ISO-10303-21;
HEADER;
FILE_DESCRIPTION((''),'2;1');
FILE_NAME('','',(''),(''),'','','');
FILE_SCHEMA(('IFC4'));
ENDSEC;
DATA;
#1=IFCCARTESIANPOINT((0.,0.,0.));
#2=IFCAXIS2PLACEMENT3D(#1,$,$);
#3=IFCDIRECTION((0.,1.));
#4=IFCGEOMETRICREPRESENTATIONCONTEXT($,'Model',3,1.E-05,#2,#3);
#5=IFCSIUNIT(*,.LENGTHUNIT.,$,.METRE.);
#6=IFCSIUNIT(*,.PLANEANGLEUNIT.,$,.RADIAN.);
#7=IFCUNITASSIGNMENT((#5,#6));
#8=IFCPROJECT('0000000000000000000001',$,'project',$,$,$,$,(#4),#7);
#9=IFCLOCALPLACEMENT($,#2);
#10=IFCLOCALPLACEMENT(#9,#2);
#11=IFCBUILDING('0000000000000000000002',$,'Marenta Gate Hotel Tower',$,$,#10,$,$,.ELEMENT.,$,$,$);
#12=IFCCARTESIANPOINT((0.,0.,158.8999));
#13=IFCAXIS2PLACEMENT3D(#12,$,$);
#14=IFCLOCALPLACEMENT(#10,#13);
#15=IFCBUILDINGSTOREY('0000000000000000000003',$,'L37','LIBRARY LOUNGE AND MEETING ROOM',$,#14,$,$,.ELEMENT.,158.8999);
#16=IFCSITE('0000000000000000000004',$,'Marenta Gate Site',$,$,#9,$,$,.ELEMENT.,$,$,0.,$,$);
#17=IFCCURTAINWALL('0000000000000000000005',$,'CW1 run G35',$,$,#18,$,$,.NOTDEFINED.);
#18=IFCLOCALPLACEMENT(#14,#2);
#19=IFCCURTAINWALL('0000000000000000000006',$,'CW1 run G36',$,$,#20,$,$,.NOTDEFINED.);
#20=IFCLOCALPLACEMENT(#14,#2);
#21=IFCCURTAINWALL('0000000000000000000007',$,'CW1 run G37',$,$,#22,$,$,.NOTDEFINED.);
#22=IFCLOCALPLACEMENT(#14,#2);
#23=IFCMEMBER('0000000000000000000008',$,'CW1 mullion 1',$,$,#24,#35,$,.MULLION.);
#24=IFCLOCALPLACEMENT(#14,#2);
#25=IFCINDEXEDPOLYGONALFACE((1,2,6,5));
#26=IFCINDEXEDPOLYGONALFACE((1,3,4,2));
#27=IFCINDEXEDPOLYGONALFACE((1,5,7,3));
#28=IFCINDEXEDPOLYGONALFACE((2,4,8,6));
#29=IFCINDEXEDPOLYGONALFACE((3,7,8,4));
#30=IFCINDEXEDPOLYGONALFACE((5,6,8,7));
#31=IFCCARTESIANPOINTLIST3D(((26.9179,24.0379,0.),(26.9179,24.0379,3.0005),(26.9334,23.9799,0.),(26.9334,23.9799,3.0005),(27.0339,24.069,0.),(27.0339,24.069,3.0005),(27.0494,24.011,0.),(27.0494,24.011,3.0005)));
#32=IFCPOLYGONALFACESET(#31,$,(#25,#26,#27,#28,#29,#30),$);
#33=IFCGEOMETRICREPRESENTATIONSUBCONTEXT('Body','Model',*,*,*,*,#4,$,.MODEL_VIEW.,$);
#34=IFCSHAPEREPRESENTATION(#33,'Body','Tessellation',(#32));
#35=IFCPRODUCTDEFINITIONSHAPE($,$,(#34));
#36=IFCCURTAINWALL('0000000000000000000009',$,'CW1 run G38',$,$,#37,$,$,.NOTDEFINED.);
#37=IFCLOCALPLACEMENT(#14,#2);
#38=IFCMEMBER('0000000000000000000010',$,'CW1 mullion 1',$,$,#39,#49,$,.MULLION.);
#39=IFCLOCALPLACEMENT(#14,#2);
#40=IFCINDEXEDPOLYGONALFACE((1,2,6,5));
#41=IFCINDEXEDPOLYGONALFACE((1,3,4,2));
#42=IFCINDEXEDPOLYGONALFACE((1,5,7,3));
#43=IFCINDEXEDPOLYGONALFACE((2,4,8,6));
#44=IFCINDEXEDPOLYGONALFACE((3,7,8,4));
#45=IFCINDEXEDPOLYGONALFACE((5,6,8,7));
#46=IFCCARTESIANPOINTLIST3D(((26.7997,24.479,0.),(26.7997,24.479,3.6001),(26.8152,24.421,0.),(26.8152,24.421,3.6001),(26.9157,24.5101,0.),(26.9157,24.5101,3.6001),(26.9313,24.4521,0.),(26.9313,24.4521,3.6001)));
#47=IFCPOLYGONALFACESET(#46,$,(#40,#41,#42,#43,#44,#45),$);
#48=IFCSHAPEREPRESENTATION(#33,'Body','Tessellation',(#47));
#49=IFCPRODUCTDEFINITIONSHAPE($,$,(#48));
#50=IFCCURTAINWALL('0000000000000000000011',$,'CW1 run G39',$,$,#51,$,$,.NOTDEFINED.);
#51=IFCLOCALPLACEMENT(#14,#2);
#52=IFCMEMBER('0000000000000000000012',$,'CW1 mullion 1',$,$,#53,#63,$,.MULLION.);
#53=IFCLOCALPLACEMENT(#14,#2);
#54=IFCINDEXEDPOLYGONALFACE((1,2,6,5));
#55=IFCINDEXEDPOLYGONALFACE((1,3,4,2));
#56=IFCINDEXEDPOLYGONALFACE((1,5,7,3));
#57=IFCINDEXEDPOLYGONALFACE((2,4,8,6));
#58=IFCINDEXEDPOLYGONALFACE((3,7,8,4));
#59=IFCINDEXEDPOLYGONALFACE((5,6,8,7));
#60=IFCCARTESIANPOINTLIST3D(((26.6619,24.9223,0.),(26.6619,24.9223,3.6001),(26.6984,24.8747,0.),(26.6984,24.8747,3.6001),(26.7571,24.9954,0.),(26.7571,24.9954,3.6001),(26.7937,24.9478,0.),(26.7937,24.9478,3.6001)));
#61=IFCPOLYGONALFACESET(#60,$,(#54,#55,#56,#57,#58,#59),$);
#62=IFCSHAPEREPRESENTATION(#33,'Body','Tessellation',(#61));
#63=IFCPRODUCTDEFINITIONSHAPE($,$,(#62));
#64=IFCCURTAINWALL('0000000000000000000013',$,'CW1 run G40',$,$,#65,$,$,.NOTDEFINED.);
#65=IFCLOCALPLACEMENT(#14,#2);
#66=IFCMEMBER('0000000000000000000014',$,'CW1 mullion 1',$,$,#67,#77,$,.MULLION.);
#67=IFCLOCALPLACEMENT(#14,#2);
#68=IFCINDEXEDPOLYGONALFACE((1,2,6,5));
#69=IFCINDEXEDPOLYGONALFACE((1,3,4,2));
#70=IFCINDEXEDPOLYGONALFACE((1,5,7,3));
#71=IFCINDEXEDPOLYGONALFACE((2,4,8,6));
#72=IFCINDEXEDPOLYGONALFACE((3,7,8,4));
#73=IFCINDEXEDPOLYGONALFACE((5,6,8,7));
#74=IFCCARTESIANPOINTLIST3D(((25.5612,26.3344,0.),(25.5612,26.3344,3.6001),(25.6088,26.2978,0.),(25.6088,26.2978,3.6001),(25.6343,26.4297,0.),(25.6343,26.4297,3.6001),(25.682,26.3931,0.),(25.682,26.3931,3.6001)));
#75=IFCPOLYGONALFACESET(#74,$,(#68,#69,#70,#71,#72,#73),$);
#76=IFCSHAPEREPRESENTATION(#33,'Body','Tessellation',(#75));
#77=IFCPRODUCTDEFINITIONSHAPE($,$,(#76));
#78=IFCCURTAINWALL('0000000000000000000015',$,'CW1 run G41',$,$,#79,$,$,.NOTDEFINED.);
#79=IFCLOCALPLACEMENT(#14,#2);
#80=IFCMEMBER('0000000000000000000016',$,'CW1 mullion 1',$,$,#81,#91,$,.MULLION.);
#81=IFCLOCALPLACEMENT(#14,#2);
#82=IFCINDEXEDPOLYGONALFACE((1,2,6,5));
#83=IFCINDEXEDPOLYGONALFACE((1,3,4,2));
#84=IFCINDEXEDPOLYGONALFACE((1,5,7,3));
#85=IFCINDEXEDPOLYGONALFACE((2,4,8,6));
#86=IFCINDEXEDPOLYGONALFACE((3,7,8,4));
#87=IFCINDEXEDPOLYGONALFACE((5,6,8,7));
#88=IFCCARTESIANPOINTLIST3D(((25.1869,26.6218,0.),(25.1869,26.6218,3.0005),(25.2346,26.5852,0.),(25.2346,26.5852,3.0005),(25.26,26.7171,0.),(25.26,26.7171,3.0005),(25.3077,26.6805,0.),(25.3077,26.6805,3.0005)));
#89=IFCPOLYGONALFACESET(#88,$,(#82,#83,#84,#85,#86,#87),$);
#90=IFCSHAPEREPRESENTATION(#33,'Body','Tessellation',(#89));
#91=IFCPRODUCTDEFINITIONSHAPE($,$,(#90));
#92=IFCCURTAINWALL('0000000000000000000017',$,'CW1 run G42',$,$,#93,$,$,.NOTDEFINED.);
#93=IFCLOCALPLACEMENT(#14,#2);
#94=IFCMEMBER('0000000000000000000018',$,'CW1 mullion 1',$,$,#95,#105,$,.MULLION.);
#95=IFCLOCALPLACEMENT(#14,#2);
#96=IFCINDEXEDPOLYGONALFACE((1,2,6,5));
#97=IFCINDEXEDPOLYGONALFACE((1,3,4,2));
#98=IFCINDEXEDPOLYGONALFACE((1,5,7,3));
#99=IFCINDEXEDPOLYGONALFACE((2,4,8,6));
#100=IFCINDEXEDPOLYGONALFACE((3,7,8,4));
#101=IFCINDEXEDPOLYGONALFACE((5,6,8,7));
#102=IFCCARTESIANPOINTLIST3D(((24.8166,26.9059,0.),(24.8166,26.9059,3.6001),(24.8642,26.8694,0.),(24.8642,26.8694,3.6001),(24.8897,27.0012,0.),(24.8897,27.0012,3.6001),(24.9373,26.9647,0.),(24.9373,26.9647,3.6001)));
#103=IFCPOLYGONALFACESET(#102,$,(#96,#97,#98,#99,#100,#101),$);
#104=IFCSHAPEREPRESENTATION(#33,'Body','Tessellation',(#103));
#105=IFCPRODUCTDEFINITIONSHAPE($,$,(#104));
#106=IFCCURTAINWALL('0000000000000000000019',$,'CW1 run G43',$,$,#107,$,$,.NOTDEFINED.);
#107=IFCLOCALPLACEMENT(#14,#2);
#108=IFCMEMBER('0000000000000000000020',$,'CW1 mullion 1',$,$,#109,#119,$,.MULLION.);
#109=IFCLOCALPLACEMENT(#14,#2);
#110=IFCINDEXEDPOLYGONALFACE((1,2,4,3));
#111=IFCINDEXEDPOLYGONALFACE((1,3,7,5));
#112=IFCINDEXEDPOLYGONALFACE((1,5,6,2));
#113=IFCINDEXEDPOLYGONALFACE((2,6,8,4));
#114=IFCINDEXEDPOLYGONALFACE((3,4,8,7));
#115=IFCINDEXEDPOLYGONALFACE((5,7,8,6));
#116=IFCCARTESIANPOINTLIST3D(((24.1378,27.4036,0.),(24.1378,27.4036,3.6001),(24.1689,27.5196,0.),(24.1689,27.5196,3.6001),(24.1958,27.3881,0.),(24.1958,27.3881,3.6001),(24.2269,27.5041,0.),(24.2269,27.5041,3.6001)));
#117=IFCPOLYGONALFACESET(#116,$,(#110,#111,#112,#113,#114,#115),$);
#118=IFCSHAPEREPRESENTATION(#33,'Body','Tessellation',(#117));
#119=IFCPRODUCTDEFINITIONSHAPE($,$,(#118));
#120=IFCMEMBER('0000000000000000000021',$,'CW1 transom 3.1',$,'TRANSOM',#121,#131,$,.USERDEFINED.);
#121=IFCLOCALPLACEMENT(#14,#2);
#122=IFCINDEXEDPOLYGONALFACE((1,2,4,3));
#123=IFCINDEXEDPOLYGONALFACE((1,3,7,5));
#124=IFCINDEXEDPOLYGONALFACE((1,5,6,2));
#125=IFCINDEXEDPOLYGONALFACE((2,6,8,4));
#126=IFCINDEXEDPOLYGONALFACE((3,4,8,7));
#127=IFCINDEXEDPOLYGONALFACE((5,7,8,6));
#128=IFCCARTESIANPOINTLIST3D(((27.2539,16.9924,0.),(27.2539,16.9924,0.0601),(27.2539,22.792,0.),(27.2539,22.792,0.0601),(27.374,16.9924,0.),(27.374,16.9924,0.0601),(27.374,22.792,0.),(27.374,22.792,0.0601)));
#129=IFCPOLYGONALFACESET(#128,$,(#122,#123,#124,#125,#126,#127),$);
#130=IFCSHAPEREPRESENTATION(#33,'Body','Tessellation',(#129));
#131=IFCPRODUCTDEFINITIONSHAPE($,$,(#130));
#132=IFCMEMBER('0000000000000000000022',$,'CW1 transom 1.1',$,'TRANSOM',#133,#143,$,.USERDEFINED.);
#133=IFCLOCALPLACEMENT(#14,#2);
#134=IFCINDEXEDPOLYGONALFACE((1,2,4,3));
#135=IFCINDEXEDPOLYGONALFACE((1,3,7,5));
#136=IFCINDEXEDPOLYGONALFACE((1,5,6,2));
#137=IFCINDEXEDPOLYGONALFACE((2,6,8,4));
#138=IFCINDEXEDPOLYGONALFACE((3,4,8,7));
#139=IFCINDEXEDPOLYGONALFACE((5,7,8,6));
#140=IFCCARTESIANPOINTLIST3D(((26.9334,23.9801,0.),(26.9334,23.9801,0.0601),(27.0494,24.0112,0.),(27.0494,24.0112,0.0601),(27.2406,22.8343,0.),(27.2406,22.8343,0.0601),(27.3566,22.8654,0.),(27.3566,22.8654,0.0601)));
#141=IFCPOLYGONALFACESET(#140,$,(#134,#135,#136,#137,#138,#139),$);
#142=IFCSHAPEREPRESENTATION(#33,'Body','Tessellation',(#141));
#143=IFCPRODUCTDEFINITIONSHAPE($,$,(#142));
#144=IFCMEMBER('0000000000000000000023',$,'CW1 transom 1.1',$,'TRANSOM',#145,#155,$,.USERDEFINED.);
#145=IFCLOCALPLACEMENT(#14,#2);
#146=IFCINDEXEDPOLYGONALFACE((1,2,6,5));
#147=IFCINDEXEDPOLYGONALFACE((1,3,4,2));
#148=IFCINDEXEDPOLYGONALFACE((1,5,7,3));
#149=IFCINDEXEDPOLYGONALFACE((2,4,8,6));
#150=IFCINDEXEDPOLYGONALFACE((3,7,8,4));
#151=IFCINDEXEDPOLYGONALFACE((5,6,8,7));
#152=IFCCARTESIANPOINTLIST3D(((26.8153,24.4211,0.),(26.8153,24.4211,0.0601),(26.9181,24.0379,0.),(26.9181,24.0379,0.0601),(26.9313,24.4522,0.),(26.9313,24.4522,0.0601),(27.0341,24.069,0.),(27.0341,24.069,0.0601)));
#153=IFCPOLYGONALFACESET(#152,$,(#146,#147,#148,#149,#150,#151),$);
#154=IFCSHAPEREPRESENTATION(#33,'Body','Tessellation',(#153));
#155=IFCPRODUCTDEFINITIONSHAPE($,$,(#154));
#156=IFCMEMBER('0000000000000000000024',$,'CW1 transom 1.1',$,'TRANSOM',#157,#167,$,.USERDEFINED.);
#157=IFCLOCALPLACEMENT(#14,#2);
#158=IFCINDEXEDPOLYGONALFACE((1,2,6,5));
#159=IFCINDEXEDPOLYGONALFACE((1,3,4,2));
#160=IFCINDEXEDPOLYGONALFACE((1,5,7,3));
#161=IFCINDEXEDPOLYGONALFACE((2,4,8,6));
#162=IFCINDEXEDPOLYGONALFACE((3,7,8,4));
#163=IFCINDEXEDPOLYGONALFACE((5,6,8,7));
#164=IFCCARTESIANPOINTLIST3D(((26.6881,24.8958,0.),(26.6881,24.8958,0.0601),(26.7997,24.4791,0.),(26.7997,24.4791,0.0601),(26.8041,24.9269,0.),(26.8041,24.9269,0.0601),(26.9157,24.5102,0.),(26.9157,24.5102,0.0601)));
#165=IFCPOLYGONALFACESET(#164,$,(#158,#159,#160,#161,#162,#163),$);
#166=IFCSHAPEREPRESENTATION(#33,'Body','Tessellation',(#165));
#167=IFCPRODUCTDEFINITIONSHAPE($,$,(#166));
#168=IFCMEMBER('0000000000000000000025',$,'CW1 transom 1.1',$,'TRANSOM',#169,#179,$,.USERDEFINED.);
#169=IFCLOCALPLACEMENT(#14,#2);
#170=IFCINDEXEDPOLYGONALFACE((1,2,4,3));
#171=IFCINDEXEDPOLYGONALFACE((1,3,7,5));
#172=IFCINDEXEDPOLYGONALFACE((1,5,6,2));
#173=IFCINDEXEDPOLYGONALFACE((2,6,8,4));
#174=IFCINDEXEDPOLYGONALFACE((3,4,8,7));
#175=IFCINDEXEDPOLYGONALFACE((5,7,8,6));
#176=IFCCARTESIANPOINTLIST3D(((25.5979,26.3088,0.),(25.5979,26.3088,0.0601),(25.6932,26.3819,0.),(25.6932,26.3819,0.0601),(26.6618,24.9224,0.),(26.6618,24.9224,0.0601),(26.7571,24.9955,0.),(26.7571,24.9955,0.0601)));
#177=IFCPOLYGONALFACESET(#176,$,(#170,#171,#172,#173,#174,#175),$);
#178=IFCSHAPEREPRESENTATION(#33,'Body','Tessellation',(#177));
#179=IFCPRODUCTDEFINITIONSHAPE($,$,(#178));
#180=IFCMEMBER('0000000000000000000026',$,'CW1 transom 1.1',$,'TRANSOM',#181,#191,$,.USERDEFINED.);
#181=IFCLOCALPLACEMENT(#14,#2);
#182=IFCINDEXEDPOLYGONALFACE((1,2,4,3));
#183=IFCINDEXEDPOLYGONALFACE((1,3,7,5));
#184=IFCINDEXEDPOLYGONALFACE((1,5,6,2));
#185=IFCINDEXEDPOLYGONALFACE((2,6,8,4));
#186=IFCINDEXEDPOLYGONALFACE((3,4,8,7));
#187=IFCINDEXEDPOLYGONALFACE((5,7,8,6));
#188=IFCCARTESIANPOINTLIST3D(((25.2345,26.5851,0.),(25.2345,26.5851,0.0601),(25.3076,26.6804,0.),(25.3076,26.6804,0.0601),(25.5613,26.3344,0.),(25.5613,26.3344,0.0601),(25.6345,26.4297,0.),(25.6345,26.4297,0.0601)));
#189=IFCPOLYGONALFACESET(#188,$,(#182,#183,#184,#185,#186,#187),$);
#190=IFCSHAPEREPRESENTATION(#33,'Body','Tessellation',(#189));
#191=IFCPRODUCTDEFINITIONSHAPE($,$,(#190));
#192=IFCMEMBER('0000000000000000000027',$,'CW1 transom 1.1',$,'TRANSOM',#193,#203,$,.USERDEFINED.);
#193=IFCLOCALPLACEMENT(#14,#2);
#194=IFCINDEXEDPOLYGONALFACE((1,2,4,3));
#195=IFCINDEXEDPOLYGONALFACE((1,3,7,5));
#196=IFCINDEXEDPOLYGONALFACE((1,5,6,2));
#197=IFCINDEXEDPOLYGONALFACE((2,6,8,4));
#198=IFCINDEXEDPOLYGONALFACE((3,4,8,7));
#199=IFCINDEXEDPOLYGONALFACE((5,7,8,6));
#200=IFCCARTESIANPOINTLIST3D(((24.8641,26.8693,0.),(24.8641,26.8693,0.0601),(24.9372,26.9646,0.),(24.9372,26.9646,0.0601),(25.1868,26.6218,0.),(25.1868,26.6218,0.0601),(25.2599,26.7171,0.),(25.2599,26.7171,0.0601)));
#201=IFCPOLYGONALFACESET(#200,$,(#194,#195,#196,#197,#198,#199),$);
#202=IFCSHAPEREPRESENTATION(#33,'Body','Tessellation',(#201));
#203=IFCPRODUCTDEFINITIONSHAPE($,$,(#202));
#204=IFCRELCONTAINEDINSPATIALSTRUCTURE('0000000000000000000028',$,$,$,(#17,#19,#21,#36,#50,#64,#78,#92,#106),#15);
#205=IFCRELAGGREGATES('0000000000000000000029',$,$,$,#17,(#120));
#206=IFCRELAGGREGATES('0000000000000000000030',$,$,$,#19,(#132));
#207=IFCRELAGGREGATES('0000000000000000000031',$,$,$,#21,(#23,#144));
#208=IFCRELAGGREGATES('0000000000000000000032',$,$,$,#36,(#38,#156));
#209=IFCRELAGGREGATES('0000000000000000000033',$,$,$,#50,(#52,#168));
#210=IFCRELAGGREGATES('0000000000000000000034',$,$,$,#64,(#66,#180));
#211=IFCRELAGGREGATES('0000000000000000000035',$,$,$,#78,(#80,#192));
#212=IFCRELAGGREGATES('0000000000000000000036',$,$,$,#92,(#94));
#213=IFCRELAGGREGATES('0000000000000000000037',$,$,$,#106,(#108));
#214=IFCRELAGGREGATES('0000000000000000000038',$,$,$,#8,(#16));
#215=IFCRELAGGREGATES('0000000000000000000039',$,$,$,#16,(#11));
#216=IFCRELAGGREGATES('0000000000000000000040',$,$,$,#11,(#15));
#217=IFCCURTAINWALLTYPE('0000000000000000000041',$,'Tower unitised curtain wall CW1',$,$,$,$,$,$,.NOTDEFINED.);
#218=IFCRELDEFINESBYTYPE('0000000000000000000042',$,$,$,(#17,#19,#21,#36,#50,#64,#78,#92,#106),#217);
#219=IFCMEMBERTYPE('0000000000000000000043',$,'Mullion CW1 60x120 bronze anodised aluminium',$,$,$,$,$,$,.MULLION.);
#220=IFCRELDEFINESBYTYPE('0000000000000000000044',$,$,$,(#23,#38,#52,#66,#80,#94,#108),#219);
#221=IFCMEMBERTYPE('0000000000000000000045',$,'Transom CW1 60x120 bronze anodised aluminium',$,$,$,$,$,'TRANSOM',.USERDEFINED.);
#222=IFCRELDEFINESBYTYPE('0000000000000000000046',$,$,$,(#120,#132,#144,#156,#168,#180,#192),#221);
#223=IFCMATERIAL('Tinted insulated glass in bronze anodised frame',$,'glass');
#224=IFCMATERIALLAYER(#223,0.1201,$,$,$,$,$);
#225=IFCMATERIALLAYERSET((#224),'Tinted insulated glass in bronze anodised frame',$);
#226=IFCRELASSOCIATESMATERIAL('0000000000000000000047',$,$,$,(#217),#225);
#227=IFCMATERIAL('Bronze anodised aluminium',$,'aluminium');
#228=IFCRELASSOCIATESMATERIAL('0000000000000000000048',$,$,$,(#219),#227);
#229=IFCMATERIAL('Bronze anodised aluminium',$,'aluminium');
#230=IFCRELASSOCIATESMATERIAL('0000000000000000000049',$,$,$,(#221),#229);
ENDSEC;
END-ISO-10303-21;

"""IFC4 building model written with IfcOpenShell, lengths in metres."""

from ifc_helpers import new_model, si_unit, direction, frame, origin, origin_2d, place, context, subcontext, project, spatial, rectangle, extrude, material, layer, layer_set, material_profile, profile_set, type_object, element, aggregate, save


model = new_model("IFC4")

# Units and contexts
model_context = context("Model", 3, precision=1e-05, world=origin(), true_north=direction((0.0, 1.0)))
body_context = subcontext(model_context, "Body", "Model", "MODEL_VIEW")
ifc_project = project(units=[si_unit("LENGTHUNIT", "METRE"), si_unit("PLANEANGLEUNIT", "RADIAN")], contexts=[model_context])

# Site, building, storey
site_placement = place(None, origin())
site = spatial("IfcSite", under=ifc_project, at=site_placement, Name="Marenta Gate Site", CompositionType="ELEMENT", RefElevation=0.0)
building_placement = place(site_placement, origin())
building = spatial("IfcBuilding", under=site, at=building_placement, Name="Marenta Gate Hotel Tower", CompositionType="ELEMENT")
storey_placement = place(building_placement, frame((0.0, 0.0, 158.8999)))
storey = spatial("IfcBuildingStorey", under=building, at=storey_placement, Name="L37", Description="LIBRARY LOUNGE AND MEETING ROOM", CompositionType="ELEMENT", Elevation=158.8999)

# Curtain walls, members
ifc_material_1 = material(Name="Tinted insulated glass in bronze anodised frame", Category="glass")
ifc_layer_1 = layer(ifc_material_1, 0.1201)
ifc_layer_set_1 = layer_set([ifc_layer_1], Name="Tinted insulated glass in bronze anodised frame")
curtain_wall_type = type_object("IfcCurtainWallType", Name="Tower unitised curtain wall CW1", PredefinedType="NOTDEFINED", material=ifc_layer_set_1)
curtain_wall_1_placement = place(storey_placement, origin())
curtain_wall_1 = element("IfcCurtainWall", 1, at=curtain_wall_1_placement, inside=storey, type_object=curtain_wall_type, Name="CW1 run G35", PredefinedType="NOTDEFINED")
ifc_material_2 = material(Name="Bronze anodised aluminium", Category="aluminium")
ifc_material_profile_1 = material_profile(ifc_material_2, rectangle(XDim=0.1201, YDim=0.0601, at=origin_2d()), Name="Mullion CW1 60x120 bronze anodised aluminium")
ifc_profile_set_1 = profile_set([ifc_material_profile_1], Name="Bronze anodised aluminium")
member_type_1 = type_object("IfcMemberType", Name="Mullion CW1 60x120 bronze anodised aluminium", PredefinedType="MULLION", material=ifc_profile_set_1)
curtain_wall_2_placement = place(storey_placement, origin())
curtain_wall_2 = element("IfcCurtainWall", 2, at=curtain_wall_2_placement, inside=storey, type_object=curtain_wall_type, Name="CW1 run G36", PredefinedType="NOTDEFINED")
curtain_wall_3_placement = place(storey_placement, origin())
curtain_wall_3 = element("IfcCurtainWall", 3, at=curtain_wall_3_placement, inside=storey, type_object=curtain_wall_type, Name="CW1 run G37", PredefinedType="NOTDEFINED")
member_1_placement = place(storey_placement, frame((26.9836, 24.0244, 0.0), z_axis=(0.0, 0.0, 1.0), x_axis=(-0.965922, -0.258835, 0.0)))
member_1 = element("IfcMember", 4, at=member_1_placement, type_object=member_type_1, Name="CW1 mullion 1", PredefinedType="MULLION", context=body_context, shape_type="SweptSolid", body=[
    extrude(rectangle(XDim=0.1201, YDim=0.0601, at=origin_2d()), origin(), (0.0, 0.0, 1.0), 3.0005),
])
curtain_wall_4_placement = place(storey_placement, origin())
curtain_wall_4 = element("IfcCurtainWall", 5, at=curtain_wall_4_placement, inside=storey, type_object=curtain_wall_type, Name="CW1 run G38", PredefinedType="NOTDEFINED")
member_2_placement = place(storey_placement, frame((26.8655, 24.4656, 0.0), z_axis=(0.0, 0.0, 1.0), x_axis=(-0.965924, -0.258828, 0.0)))
member_2 = element("IfcMember", 6, at=member_2_placement, type_object=member_type_1, Name="CW1 mullion 1", PredefinedType="MULLION", context=body_context, shape_type="SweptSolid", body=[
    extrude(rectangle(XDim=0.1201, YDim=0.0601, at=origin_2d()), origin(), (0.0, 0.0, 1.0), 3.6001),
])
curtain_wall_5_placement = place(storey_placement, origin())
curtain_wall_5 = element("IfcCurtainWall", 7, at=curtain_wall_5_placement, inside=storey, type_object=curtain_wall_type, Name="CW1 run G39", PredefinedType="NOTDEFINED")
member_3_placement = place(storey_placement, frame((26.7278, 24.9351, 0.0), z_axis=(0.0, 0.0, 1.0), x_axis=(-0.793327, -0.608796, 0.0)))
member_3 = element("IfcMember", 8, at=member_3_placement, type_object=member_type_1, Name="CW1 mullion 1", PredefinedType="MULLION", context=body_context, shape_type="SweptSolid", body=[
    extrude(rectangle(XDim=0.1201, YDim=0.0601, at=origin_2d()), origin(), (0.0, 0.0, 1.0), 3.6001),
])
curtain_wall_6_placement = place(storey_placement, origin())
curtain_wall_6 = element("IfcCurtainWall", 9, at=curtain_wall_6_placement, inside=storey, type_object=curtain_wall_type, Name="CW1 run G40", PredefinedType="NOTDEFINED")
member_4_placement = place(storey_placement, frame((25.6216, 26.3638, 0.0), z_axis=(0.0, 0.0, 1.0), x_axis=(-0.608778, -0.79334, 0.0)))
member_4 = element("IfcMember", 10, at=member_4_placement, type_object=member_type_1, Name="CW1 mullion 1", PredefinedType="MULLION", context=body_context, shape_type="SweptSolid", body=[
    extrude(rectangle(XDim=0.1201, YDim=0.0601, at=origin_2d()), origin(), (0.0, 0.0, 1.0), 3.6001),
])
curtain_wall_7_placement = place(storey_placement, origin())
curtain_wall_7 = element("IfcCurtainWall", 11, at=curtain_wall_7_placement, inside=storey, type_object=curtain_wall_type, Name="CW1 run G41", PredefinedType="NOTDEFINED")
member_5_placement = place(storey_placement, frame((25.2473, 26.6511, 0.0), z_axis=(0.0, 0.0, 1.0), x_axis=(-0.608737, -0.793372, 0.0)))
member_5 = element("IfcMember", 12, at=member_5_placement, type_object=member_type_1, Name="CW1 mullion 1", PredefinedType="MULLION", context=body_context, shape_type="SweptSolid", body=[
    extrude(rectangle(XDim=0.1201, YDim=0.0601, at=origin_2d()), origin(), (0.0, 0.0, 1.0), 3.0005),
])
curtain_wall_8_placement = place(storey_placement, origin())
curtain_wall_8 = element("IfcCurtainWall", 13, at=curtain_wall_8_placement, inside=storey, type_object=curtain_wall_type, Name="CW1 run G42", PredefinedType="NOTDEFINED")
member_6_placement = place(storey_placement, frame((24.877, 26.9353, 0.0), z_axis=(0.0, 0.0, 1.0), x_axis=(-0.608837, -0.793295, 0.0)))
member_6 = element("IfcMember", 14, at=member_6_placement, type_object=member_type_1, Name="CW1 mullion 1", PredefinedType="MULLION", context=body_context, shape_type="SweptSolid", body=[
    extrude(rectangle(XDim=0.1201, YDim=0.0601, at=origin_2d()), origin(), (0.0, 0.0, 1.0), 3.6001),
])
curtain_wall_9_placement = place(storey_placement, origin())
curtain_wall_9 = element("IfcCurtainWall", 15, at=curtain_wall_9_placement, inside=storey, type_object=curtain_wall_type, Name="CW1 run G43", PredefinedType="NOTDEFINED")
member_7_placement = place(storey_placement, frame((24.1824, 27.4539, 0.0), z_axis=(0.0, 0.0, 1.0), x_axis=(-0.258806, -0.965929, 0.0)))
member_7 = element("IfcMember", 16, at=member_7_placement, type_object=member_type_1, Name="CW1 mullion 1", PredefinedType="MULLION", context=body_context, shape_type="SweptSolid", body=[
    extrude(rectangle(XDim=0.1201, YDim=0.0601, at=origin_2d()), origin(), (0.0, 0.0, 1.0), 3.6001),
])

# Members
ifc_material_3 = material(Name="Bronze anodised aluminium", Category="aluminium")
ifc_material_profile_2 = material_profile(ifc_material_3, rectangle(XDim=0.1201, YDim=0.0601, at=origin_2d()), Name="Transom CW1 60x120 bronze anodised aluminium")
ifc_profile_set_2 = profile_set([ifc_material_profile_2], Name="Bronze anodised aluminium")
member_type_2 = type_object("IfcMemberType", Name="Transom CW1 60x120 bronze anodised aluminium", ElementType="TRANSOM", PredefinedType="USERDEFINED", material=ifc_profile_set_2)
member_8_placement = place(storey_placement, frame((27.314, 16.9924, 0.03), z_axis=(0.0, 1.0, 0.0), x_axis=(-1.0, 0.0, 0.0)))
member_8 = element("IfcMember", 17, at=member_8_placement, type_object=member_type_2, Name="CW1 transom 3.1", ObjectType="TRANSOM", PredefinedType="USERDEFINED", context=body_context, shape_type="SweptSolid", body=[
    extrude(rectangle(XDim=0.1201, YDim=0.0601, at=origin_2d()), origin(), (0.0, 0.0, 1.0), 5.7996),
])
member_9_placement = place(storey_placement, frame((27.2986, 22.8499, 0.03), z_axis=(-0.258918, 0.965899, 0.0), x_axis=(-0.965899, -0.258918, 0.0)))
member_9 = element("IfcMember", 18, at=member_9_placement, type_object=member_type_2, Name="CW1 transom 1.1", ObjectType="TRANSOM", PredefinedType="USERDEFINED", context=body_context, shape_type="SweptSolid", body=[
    extrude(rectangle(XDim=0.1201, YDim=0.0601, at=origin_2d()), origin(), (0.0, 0.0, 1.0), 1.1863),
])
member_10_placement = place(storey_placement, frame((26.9761, 24.0535, 0.03), z_axis=(-0.259157, 0.965835, 0.0), x_axis=(-0.965835, -0.259157, 0.0)))
member_10 = element("IfcMember", 19, at=member_10_placement, type_object=member_type_2, Name="CW1 transom 1.1", ObjectType="TRANSOM", PredefinedType="USERDEFINED", context=body_context, shape_type="SweptSolid", body=[
    extrude(rectangle(XDim=0.1201, YDim=0.0601, at=origin_2d()), origin(), (0.0, 0.0, 1.0), 0.3967),
])
member_11_placement = place(storey_placement, frame((26.8577, 24.4946, 0.03), z_axis=(-0.258614, 0.965981, 0.0), x_axis=(-0.965981, -0.258614, 0.0)))
member_11 = element("IfcMember", 20, at=member_11_placement, type_object=member_type_2, Name="CW1 transom 1.1", ObjectType="TRANSOM", PredefinedType="USERDEFINED", context=body_context, shape_type="SweptSolid", body=[
    extrude(rectangle(XDim=0.1201, YDim=0.0601, at=origin_2d()), origin(), (0.0, 0.0, 1.0), 0.4314),
])
member_12_placement = place(storey_placement, frame((26.7095, 24.959, 0.03), z_axis=(-0.608792, 0.79333, 0.0), x_axis=(-0.79333, -0.608792, 0.0)))
member_12 = element("IfcMember", 21, at=member_12_placement, type_object=member_type_2, Name="CW1 transom 1.1", ObjectType="TRANSOM", PredefinedType="USERDEFINED", context=body_context, shape_type="SweptSolid", body=[
    extrude(rectangle(XDim=0.1201, YDim=0.0601, at=origin_2d()), origin(), (0.0, 0.0, 1.0), 1.7476),
])
member_13_placement = place(storey_placement, frame((25.5979, 26.3821, 0.03), z_axis=(-0.793482, 0.608593, 0.0), x_axis=(-0.608593, -0.793482, 0.0)))
member_13 = element("IfcMember", 22, at=member_13_placement, type_object=member_type_2, Name="CW1 transom 1.1", ObjectType="TRANSOM", PredefinedType="USERDEFINED", context=body_context, shape_type="SweptSolid", body=[
    extrude(rectangle(XDim=0.1201, YDim=0.0601, at=origin_2d()), origin(), (0.0, 0.0, 1.0), 0.4119),
])
member_14_placement = place(storey_placement, frame((25.2234, 26.6694, 0.03), z_axis=(-0.793471, 0.608608, 0.0), x_axis=(-0.608608, -0.793471, 0.0)))
member_14 = element("IfcMember", 23, at=member_14_placement, type_object=member_type_2, Name="CW1 transom 1.1", ObjectType="TRANSOM", PredefinedType="USERDEFINED", context=body_context, shape_type="SweptSolid", body=[
    extrude(rectangle(XDim=0.1201, YDim=0.0601, at=origin_2d()), origin(), (0.0, 0.0, 1.0), 0.4067),
])

aggregate(curtain_wall_1, [member_8])
aggregate(curtain_wall_2, [member_9])
aggregate(curtain_wall_3, [member_1, member_10])
aggregate(curtain_wall_4, [member_2, member_11])
aggregate(curtain_wall_5, [member_3, member_12])
aggregate(curtain_wall_6, [member_4, member_13])
aggregate(curtain_wall_7, [member_5, member_14])
aggregate(curtain_wall_8, [member_6])
aggregate(curtain_wall_9, [member_7])

save(model, "model.ifc")
